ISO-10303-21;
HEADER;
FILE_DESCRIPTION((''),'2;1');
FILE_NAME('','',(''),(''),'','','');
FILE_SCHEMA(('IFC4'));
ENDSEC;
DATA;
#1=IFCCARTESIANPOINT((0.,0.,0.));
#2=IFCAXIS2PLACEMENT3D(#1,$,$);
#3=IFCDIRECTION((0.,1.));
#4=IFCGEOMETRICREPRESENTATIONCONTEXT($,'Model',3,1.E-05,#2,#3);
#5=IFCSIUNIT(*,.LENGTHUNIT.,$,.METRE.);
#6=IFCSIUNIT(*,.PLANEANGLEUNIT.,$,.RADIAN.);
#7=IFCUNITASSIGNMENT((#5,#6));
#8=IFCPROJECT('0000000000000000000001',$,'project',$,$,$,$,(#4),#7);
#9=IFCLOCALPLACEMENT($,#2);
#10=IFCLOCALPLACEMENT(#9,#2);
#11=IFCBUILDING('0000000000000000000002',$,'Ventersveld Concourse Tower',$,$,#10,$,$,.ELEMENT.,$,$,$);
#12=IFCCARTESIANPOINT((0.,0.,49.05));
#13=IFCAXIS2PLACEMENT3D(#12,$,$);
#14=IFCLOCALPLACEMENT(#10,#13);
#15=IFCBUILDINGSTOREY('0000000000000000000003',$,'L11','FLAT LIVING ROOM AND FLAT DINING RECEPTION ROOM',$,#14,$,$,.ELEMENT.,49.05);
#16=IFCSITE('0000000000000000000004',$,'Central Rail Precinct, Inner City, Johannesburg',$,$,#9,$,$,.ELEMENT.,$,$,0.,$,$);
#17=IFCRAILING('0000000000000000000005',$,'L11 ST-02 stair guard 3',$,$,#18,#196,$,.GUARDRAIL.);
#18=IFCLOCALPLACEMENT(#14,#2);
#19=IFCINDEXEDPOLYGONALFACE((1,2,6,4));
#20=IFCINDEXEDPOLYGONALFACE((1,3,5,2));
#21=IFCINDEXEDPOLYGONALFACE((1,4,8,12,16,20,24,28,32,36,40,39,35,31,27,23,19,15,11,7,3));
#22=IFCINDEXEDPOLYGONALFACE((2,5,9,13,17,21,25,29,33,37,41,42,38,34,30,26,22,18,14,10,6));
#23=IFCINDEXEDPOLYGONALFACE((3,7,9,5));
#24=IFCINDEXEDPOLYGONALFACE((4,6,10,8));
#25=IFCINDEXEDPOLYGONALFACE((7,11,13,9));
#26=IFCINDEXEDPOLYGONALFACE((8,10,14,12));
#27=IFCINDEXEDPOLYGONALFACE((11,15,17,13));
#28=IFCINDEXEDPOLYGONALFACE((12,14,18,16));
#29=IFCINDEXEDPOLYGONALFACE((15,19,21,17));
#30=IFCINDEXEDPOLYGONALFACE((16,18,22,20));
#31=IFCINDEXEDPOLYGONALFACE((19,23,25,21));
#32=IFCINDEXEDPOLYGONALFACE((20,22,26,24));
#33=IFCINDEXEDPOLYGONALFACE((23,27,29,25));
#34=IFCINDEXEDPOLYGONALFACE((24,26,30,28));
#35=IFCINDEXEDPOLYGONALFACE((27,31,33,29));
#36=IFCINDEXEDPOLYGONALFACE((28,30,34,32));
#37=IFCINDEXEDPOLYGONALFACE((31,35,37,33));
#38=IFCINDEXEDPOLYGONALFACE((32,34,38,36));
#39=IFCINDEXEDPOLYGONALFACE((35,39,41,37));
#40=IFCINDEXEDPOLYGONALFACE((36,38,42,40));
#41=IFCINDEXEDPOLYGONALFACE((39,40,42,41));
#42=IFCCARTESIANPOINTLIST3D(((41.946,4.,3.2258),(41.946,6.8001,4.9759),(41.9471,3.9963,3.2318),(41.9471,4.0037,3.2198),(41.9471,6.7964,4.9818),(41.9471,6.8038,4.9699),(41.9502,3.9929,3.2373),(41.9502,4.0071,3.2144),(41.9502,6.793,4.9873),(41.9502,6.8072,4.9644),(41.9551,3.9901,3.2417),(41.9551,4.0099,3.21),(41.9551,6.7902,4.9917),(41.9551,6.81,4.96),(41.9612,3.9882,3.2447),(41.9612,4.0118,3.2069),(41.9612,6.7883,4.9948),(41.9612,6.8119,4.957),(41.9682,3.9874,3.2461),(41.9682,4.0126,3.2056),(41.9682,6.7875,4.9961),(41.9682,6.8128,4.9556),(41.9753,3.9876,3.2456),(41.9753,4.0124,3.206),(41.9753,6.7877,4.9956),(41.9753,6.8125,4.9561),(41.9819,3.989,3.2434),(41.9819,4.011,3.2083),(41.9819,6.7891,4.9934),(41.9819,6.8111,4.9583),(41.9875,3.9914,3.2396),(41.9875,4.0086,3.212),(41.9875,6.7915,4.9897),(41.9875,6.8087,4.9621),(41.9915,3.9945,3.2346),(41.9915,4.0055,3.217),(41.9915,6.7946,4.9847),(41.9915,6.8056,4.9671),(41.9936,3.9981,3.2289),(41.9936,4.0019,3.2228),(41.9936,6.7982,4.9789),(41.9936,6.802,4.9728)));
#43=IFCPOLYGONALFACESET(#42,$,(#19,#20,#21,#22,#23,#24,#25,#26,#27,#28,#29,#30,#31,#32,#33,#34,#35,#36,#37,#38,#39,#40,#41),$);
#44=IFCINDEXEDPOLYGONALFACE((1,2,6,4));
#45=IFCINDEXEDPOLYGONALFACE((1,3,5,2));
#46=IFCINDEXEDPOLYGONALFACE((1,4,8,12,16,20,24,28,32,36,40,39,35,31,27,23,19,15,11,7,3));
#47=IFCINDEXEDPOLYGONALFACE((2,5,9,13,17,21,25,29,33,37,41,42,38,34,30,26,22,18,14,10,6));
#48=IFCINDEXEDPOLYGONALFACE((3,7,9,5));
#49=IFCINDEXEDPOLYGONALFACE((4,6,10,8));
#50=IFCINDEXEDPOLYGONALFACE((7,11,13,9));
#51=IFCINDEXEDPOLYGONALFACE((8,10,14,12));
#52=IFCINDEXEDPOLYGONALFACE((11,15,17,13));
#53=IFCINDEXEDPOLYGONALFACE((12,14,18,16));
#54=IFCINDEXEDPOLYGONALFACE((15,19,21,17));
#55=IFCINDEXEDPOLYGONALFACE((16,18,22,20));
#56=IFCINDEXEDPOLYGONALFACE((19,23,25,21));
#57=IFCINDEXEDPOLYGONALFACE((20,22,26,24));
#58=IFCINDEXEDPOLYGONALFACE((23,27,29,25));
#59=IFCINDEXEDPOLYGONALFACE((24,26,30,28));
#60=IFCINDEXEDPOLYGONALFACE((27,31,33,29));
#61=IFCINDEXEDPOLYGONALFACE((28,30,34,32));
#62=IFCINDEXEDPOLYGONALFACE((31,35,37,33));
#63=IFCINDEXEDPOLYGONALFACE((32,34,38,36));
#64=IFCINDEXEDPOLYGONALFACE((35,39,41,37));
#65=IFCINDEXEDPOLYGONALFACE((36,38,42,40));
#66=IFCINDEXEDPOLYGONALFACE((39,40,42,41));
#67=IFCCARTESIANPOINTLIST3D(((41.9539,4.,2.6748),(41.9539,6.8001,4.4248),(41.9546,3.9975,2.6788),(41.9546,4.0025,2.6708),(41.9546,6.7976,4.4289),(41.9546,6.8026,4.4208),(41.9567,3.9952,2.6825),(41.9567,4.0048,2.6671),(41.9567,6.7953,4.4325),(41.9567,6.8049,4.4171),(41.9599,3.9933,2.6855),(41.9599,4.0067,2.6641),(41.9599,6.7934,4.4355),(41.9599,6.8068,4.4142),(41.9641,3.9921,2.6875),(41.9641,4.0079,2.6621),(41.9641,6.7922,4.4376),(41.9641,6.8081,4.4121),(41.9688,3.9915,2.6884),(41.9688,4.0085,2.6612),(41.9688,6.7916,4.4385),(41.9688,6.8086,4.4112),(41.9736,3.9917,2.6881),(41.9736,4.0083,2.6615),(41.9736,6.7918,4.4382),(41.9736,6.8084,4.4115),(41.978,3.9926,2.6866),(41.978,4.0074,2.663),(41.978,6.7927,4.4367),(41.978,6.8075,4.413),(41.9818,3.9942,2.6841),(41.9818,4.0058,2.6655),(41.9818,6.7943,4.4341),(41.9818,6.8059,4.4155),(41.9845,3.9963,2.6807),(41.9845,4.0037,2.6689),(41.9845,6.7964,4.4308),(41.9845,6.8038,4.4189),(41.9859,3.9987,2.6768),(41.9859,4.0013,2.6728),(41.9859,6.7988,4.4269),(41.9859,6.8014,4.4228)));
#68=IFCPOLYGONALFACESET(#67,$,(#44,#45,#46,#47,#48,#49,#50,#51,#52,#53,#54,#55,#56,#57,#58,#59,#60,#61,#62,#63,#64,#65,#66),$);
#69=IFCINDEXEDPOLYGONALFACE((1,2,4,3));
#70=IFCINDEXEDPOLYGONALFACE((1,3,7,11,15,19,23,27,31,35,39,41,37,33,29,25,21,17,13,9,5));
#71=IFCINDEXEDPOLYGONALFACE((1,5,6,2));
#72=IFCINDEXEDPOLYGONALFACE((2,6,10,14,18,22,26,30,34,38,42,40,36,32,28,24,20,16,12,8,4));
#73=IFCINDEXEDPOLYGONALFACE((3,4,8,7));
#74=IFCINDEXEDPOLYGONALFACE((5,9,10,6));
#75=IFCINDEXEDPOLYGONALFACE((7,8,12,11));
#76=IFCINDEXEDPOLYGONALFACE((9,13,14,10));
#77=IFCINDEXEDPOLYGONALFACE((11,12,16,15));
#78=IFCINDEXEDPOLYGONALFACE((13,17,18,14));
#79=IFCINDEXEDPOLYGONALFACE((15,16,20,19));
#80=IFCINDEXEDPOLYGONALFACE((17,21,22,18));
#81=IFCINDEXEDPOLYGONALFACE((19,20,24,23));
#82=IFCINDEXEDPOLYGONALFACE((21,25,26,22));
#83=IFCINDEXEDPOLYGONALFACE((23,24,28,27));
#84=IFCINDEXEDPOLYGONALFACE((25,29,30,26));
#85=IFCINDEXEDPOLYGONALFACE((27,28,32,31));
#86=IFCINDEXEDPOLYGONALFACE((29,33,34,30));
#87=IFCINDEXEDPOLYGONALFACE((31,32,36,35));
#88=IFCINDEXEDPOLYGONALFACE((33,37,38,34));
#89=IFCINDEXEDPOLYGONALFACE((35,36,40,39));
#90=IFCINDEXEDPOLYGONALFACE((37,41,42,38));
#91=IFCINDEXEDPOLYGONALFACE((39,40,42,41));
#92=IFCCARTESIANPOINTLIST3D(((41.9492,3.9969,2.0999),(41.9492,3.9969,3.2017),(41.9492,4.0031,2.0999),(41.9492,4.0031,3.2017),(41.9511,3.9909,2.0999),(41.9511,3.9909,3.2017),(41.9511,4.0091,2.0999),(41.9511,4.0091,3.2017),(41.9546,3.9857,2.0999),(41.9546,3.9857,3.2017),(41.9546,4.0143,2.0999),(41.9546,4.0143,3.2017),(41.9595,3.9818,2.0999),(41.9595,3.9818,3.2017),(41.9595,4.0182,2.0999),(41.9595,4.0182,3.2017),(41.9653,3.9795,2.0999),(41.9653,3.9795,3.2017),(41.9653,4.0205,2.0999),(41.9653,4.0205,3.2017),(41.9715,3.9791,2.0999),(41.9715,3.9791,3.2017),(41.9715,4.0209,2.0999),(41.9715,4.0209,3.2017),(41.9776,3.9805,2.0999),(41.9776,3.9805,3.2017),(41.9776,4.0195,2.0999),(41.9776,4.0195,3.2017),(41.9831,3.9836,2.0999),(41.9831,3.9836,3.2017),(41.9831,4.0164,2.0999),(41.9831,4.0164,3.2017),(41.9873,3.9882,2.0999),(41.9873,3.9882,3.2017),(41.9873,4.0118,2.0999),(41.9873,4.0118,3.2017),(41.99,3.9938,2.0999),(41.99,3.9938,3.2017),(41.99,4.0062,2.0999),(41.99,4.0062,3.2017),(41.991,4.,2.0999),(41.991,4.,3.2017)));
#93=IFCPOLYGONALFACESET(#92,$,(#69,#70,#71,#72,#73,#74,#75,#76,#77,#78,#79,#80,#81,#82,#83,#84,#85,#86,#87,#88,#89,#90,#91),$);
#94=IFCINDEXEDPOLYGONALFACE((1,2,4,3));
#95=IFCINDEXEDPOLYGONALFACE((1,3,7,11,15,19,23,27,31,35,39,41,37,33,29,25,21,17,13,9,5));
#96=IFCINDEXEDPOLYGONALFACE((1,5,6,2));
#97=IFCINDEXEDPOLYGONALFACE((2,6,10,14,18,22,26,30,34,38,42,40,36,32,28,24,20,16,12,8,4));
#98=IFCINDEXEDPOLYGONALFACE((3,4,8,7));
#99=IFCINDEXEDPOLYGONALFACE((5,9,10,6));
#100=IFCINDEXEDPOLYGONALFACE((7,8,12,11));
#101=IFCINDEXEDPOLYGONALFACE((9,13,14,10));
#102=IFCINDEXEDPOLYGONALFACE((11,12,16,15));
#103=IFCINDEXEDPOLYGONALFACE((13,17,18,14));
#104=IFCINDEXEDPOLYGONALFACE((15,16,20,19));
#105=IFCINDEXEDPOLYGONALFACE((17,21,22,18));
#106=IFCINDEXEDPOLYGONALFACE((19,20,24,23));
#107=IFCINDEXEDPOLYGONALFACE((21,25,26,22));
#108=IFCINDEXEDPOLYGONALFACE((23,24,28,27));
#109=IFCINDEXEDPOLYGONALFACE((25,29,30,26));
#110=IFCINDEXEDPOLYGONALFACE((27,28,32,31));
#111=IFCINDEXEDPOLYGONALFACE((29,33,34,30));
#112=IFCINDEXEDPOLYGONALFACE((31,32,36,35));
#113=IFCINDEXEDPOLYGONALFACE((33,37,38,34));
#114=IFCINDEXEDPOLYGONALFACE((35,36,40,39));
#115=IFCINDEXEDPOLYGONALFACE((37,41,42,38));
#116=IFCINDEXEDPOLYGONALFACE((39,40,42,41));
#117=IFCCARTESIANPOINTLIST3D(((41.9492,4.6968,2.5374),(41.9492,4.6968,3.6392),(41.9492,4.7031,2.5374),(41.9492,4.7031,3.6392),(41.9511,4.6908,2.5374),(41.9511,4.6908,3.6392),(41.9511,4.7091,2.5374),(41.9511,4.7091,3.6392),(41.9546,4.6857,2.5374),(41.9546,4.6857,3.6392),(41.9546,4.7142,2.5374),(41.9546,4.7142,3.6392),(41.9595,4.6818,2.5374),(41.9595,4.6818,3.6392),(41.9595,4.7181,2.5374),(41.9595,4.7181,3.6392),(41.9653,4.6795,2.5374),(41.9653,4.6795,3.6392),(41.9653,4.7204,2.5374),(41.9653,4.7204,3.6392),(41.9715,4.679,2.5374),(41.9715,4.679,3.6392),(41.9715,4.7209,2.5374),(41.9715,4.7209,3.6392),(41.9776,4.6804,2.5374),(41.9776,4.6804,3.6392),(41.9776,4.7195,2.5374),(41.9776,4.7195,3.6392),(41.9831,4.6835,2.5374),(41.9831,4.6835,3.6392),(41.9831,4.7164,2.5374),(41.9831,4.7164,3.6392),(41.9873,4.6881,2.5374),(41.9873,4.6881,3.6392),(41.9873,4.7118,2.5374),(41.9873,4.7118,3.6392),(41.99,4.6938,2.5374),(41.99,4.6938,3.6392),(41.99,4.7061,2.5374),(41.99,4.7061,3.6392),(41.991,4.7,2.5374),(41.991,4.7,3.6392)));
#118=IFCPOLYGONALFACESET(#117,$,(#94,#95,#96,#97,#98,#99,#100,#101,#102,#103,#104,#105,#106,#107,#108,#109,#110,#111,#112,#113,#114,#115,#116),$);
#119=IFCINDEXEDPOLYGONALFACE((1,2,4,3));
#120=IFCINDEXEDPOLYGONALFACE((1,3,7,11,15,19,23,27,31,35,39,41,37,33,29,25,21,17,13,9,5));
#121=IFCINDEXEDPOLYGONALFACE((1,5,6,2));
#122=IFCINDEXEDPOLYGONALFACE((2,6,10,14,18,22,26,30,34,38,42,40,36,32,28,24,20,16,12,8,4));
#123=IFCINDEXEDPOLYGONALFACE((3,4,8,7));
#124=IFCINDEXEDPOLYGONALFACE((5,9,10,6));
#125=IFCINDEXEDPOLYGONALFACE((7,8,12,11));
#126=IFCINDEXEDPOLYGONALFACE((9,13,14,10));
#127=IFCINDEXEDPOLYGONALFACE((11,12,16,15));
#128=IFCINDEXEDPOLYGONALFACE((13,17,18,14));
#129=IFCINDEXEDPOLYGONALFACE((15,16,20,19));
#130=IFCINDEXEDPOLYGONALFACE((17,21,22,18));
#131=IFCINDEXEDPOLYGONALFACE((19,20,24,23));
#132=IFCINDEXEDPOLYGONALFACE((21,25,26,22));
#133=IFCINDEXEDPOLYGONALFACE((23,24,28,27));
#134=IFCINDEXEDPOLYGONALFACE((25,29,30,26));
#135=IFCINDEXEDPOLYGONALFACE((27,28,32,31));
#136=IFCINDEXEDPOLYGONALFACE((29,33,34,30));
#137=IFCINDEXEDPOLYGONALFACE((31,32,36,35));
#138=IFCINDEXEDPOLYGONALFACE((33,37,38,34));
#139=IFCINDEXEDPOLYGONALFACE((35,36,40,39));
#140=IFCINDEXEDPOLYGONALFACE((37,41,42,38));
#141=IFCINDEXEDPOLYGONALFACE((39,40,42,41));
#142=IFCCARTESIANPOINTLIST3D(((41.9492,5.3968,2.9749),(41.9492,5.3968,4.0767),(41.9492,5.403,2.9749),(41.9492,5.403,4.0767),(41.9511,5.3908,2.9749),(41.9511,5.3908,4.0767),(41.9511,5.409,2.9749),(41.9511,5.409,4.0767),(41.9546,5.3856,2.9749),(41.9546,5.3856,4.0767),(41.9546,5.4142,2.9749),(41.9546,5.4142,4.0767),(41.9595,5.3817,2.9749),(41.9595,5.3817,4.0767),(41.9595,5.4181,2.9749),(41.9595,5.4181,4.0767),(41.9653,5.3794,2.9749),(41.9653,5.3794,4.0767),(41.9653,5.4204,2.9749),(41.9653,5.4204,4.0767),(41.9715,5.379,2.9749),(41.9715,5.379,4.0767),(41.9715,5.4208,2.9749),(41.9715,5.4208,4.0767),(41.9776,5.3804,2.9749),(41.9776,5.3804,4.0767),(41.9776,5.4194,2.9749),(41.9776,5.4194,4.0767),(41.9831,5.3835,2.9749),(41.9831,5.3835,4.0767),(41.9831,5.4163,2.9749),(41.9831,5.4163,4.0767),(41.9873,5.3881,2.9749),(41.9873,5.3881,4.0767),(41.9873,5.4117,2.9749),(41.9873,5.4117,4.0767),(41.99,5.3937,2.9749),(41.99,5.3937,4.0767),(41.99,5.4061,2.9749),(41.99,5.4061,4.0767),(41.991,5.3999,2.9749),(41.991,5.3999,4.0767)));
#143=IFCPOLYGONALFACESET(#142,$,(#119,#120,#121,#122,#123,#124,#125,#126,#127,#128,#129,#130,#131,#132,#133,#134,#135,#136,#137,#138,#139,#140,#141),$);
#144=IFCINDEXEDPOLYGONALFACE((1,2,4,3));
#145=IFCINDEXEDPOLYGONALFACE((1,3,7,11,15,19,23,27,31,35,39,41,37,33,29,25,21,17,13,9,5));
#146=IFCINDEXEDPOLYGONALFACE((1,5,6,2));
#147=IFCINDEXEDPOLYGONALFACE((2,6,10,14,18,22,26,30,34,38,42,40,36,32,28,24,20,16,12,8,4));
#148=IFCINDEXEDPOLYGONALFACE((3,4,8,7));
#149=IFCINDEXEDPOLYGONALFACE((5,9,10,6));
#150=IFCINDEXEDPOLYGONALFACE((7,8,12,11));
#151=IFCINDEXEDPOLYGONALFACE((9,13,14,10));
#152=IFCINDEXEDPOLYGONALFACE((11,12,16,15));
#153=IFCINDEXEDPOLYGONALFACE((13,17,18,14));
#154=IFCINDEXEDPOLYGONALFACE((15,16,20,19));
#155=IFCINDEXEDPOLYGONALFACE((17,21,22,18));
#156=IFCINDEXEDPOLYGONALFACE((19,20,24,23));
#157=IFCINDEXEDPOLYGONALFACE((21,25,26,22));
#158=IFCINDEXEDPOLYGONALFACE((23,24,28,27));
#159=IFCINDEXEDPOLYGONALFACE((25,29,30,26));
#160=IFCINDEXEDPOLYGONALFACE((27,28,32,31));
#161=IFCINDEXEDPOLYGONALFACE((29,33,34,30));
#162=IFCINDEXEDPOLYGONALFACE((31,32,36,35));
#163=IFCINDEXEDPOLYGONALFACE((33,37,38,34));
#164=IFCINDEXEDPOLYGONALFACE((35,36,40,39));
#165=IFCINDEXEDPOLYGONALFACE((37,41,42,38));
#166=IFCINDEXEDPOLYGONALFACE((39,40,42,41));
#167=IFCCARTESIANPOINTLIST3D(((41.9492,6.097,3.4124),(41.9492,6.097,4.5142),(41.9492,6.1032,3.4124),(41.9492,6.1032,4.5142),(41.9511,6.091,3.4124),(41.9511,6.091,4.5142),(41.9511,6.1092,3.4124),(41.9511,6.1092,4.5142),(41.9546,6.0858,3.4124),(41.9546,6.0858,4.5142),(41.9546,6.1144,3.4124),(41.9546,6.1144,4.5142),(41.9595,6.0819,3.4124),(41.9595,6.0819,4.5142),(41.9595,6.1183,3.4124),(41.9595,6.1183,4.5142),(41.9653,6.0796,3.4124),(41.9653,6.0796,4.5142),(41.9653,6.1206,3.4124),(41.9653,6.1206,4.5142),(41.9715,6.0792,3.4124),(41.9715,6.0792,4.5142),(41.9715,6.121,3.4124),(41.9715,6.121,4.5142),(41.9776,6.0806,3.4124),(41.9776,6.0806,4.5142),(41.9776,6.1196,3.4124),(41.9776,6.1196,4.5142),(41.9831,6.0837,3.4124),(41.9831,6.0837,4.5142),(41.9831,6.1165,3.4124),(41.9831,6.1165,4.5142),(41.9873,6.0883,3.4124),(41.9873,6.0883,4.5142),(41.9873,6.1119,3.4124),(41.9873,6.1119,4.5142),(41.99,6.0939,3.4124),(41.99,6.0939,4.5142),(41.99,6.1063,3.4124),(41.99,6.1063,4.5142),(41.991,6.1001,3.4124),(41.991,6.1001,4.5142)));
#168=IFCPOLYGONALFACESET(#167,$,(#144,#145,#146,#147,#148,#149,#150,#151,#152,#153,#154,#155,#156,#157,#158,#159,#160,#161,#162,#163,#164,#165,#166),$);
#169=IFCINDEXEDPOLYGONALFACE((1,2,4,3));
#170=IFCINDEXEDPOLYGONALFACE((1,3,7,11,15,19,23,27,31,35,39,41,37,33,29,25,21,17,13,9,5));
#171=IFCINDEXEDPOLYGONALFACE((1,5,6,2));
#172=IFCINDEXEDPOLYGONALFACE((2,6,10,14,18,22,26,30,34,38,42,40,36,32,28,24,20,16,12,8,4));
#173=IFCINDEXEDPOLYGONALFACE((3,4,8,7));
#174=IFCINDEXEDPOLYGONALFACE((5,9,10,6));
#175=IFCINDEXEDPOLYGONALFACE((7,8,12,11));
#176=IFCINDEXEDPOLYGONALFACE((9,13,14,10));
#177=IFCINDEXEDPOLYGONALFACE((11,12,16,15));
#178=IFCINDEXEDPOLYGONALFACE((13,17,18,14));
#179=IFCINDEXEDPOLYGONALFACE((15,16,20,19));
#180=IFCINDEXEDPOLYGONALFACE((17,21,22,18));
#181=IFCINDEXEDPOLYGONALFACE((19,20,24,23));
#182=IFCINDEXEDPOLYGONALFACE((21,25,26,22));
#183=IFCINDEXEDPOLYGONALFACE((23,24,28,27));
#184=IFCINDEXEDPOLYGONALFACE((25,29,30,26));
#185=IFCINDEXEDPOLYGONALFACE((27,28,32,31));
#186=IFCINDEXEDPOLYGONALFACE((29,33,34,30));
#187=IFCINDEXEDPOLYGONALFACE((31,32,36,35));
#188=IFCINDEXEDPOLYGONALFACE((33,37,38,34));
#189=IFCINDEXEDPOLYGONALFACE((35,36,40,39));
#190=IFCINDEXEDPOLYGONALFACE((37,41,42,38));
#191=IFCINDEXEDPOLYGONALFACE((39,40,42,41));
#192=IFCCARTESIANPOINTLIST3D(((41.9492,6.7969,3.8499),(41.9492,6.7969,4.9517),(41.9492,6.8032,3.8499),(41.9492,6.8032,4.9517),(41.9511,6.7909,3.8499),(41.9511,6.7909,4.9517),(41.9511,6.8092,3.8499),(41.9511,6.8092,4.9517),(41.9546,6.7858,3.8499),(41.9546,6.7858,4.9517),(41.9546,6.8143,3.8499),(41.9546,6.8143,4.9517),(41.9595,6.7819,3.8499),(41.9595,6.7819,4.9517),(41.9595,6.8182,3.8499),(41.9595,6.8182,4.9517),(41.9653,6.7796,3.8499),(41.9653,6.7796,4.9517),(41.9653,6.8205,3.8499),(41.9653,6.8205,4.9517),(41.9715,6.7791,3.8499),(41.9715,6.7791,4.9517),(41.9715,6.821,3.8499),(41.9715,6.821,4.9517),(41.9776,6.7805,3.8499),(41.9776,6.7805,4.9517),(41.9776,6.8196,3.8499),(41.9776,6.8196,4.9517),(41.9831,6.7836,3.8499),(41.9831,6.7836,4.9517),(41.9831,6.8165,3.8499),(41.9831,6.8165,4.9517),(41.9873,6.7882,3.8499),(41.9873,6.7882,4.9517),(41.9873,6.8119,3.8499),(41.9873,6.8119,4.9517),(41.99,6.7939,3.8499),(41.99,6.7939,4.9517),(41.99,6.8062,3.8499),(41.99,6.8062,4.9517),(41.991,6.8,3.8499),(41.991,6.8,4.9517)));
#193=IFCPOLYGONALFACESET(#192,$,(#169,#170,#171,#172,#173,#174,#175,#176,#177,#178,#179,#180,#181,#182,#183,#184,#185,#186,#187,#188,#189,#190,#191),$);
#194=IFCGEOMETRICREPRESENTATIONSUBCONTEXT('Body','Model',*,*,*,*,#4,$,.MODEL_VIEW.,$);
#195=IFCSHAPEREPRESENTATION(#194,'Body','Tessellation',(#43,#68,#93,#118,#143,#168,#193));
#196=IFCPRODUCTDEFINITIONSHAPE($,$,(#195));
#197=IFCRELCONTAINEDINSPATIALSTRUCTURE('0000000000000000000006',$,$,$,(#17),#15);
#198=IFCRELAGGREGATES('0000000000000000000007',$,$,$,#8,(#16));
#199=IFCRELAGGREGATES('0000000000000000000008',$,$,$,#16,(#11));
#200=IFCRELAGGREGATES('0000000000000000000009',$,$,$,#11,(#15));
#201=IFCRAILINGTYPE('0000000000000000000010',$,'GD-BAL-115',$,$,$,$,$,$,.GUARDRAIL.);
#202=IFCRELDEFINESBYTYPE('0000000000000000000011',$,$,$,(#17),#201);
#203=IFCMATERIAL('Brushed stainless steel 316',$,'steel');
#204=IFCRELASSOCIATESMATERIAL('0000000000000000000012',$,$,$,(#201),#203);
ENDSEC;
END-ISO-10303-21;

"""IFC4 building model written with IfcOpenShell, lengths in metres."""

from ifc_helpers import new_model, si_unit, direction, frame, origin, origin_2d, place, context, subcontext, project, spatial, circle, extrude, material, type_object, element, save


model = new_model("IFC4")

# Units and contexts
model_context = context("Model", 3, precision=1e-05, world=origin(), true_north=direction((0.0, 1.0)))
body_context = subcontext(model_context, "Body", "Model", "MODEL_VIEW")
ifc_project = project(units=[si_unit("LENGTHUNIT", "METRE"), si_unit("PLANEANGLEUNIT", "RADIAN")], contexts=[model_context])

# Site, building, storey
site_placement = place(None, origin())
site = spatial("IfcSite", under=ifc_project, at=site_placement, Name="Central Rail Precinct, Inner City, Johannesburg", CompositionType="ELEMENT", RefElevation=0.0)
building_placement = place(site_placement, origin())
building = spatial("IfcBuilding", under=site, at=building_placement, Name="Ventersveld Concourse Tower", CompositionType="ELEMENT")
storey_placement = place(building_placement, frame((0.0, 0.0, 49.05)))
storey = spatial("IfcBuildingStorey", under=building, at=storey_placement, Name="L11", Description="FLAT LIVING ROOM AND FLAT DINING RECEPTION ROOM", CompositionType="ELEMENT", Elevation=49.05)

# Railing
ifc_material_1 = material(Name="Brushed stainless steel 316", Category="steel")
railing_type_1 = type_object("IfcRailingType", Name="GD-BAL-115", PredefinedType="GUARDRAIL", material=ifc_material_1)
railing_1_placement = place(storey_placement, frame((41.97, 4.0, 2.0999)))
element("IfcRailing", 1, at=railing_1_placement, inside=storey, type_object=railing_type_1, Name="L11 ST-02 stair guard 3", PredefinedType="GUARDRAIL", context=body_context, shape_type="SweptSolid", body=[
    extrude(circle(Radius=0.0239, at=origin_2d()), frame((0.0, 0.0, 1.126), z_axis=(0.0, 0.848002, 0.529992), x_axis=(-1.0, 0.0, 0.0)), (0.0, 0.0, 1.0), 3.302),
    extrude(circle(Radius=0.0161, at=origin_2d()), frame((0.0, 0.0, 0.575), z_axis=(0.0, 0.848002, 0.529992), x_axis=(-1.0, 0.0, 0.0)), (0.0, 0.0, 1.0), 3.302),
    extrude(circle(Radius=0.021, at=origin_2d()), origin(), (0.0, 0.0, 1.0), 1.1018),
    extrude(circle(Radius=0.021, at=origin_2d()), frame((0.0, 0.7, 0.4375)), (0.0, 0.0, 1.0), 1.1018),
    extrude(circle(Radius=0.021, at=origin_2d()), frame((0.0, 1.3999, 0.875)), (0.0, 0.0, 1.0), 1.1018),
    extrude(circle(Radius=0.021, at=origin_2d()), frame((0.0, 2.1001, 1.3125)), (0.0, 0.0, 1.0), 1.1018),
    extrude(circle(Radius=0.021, at=origin_2d()), frame((0.0, 2.8, 1.75)), (0.0, 0.0, 1.0), 1.1018),
])

save(model, "model.ifc")
